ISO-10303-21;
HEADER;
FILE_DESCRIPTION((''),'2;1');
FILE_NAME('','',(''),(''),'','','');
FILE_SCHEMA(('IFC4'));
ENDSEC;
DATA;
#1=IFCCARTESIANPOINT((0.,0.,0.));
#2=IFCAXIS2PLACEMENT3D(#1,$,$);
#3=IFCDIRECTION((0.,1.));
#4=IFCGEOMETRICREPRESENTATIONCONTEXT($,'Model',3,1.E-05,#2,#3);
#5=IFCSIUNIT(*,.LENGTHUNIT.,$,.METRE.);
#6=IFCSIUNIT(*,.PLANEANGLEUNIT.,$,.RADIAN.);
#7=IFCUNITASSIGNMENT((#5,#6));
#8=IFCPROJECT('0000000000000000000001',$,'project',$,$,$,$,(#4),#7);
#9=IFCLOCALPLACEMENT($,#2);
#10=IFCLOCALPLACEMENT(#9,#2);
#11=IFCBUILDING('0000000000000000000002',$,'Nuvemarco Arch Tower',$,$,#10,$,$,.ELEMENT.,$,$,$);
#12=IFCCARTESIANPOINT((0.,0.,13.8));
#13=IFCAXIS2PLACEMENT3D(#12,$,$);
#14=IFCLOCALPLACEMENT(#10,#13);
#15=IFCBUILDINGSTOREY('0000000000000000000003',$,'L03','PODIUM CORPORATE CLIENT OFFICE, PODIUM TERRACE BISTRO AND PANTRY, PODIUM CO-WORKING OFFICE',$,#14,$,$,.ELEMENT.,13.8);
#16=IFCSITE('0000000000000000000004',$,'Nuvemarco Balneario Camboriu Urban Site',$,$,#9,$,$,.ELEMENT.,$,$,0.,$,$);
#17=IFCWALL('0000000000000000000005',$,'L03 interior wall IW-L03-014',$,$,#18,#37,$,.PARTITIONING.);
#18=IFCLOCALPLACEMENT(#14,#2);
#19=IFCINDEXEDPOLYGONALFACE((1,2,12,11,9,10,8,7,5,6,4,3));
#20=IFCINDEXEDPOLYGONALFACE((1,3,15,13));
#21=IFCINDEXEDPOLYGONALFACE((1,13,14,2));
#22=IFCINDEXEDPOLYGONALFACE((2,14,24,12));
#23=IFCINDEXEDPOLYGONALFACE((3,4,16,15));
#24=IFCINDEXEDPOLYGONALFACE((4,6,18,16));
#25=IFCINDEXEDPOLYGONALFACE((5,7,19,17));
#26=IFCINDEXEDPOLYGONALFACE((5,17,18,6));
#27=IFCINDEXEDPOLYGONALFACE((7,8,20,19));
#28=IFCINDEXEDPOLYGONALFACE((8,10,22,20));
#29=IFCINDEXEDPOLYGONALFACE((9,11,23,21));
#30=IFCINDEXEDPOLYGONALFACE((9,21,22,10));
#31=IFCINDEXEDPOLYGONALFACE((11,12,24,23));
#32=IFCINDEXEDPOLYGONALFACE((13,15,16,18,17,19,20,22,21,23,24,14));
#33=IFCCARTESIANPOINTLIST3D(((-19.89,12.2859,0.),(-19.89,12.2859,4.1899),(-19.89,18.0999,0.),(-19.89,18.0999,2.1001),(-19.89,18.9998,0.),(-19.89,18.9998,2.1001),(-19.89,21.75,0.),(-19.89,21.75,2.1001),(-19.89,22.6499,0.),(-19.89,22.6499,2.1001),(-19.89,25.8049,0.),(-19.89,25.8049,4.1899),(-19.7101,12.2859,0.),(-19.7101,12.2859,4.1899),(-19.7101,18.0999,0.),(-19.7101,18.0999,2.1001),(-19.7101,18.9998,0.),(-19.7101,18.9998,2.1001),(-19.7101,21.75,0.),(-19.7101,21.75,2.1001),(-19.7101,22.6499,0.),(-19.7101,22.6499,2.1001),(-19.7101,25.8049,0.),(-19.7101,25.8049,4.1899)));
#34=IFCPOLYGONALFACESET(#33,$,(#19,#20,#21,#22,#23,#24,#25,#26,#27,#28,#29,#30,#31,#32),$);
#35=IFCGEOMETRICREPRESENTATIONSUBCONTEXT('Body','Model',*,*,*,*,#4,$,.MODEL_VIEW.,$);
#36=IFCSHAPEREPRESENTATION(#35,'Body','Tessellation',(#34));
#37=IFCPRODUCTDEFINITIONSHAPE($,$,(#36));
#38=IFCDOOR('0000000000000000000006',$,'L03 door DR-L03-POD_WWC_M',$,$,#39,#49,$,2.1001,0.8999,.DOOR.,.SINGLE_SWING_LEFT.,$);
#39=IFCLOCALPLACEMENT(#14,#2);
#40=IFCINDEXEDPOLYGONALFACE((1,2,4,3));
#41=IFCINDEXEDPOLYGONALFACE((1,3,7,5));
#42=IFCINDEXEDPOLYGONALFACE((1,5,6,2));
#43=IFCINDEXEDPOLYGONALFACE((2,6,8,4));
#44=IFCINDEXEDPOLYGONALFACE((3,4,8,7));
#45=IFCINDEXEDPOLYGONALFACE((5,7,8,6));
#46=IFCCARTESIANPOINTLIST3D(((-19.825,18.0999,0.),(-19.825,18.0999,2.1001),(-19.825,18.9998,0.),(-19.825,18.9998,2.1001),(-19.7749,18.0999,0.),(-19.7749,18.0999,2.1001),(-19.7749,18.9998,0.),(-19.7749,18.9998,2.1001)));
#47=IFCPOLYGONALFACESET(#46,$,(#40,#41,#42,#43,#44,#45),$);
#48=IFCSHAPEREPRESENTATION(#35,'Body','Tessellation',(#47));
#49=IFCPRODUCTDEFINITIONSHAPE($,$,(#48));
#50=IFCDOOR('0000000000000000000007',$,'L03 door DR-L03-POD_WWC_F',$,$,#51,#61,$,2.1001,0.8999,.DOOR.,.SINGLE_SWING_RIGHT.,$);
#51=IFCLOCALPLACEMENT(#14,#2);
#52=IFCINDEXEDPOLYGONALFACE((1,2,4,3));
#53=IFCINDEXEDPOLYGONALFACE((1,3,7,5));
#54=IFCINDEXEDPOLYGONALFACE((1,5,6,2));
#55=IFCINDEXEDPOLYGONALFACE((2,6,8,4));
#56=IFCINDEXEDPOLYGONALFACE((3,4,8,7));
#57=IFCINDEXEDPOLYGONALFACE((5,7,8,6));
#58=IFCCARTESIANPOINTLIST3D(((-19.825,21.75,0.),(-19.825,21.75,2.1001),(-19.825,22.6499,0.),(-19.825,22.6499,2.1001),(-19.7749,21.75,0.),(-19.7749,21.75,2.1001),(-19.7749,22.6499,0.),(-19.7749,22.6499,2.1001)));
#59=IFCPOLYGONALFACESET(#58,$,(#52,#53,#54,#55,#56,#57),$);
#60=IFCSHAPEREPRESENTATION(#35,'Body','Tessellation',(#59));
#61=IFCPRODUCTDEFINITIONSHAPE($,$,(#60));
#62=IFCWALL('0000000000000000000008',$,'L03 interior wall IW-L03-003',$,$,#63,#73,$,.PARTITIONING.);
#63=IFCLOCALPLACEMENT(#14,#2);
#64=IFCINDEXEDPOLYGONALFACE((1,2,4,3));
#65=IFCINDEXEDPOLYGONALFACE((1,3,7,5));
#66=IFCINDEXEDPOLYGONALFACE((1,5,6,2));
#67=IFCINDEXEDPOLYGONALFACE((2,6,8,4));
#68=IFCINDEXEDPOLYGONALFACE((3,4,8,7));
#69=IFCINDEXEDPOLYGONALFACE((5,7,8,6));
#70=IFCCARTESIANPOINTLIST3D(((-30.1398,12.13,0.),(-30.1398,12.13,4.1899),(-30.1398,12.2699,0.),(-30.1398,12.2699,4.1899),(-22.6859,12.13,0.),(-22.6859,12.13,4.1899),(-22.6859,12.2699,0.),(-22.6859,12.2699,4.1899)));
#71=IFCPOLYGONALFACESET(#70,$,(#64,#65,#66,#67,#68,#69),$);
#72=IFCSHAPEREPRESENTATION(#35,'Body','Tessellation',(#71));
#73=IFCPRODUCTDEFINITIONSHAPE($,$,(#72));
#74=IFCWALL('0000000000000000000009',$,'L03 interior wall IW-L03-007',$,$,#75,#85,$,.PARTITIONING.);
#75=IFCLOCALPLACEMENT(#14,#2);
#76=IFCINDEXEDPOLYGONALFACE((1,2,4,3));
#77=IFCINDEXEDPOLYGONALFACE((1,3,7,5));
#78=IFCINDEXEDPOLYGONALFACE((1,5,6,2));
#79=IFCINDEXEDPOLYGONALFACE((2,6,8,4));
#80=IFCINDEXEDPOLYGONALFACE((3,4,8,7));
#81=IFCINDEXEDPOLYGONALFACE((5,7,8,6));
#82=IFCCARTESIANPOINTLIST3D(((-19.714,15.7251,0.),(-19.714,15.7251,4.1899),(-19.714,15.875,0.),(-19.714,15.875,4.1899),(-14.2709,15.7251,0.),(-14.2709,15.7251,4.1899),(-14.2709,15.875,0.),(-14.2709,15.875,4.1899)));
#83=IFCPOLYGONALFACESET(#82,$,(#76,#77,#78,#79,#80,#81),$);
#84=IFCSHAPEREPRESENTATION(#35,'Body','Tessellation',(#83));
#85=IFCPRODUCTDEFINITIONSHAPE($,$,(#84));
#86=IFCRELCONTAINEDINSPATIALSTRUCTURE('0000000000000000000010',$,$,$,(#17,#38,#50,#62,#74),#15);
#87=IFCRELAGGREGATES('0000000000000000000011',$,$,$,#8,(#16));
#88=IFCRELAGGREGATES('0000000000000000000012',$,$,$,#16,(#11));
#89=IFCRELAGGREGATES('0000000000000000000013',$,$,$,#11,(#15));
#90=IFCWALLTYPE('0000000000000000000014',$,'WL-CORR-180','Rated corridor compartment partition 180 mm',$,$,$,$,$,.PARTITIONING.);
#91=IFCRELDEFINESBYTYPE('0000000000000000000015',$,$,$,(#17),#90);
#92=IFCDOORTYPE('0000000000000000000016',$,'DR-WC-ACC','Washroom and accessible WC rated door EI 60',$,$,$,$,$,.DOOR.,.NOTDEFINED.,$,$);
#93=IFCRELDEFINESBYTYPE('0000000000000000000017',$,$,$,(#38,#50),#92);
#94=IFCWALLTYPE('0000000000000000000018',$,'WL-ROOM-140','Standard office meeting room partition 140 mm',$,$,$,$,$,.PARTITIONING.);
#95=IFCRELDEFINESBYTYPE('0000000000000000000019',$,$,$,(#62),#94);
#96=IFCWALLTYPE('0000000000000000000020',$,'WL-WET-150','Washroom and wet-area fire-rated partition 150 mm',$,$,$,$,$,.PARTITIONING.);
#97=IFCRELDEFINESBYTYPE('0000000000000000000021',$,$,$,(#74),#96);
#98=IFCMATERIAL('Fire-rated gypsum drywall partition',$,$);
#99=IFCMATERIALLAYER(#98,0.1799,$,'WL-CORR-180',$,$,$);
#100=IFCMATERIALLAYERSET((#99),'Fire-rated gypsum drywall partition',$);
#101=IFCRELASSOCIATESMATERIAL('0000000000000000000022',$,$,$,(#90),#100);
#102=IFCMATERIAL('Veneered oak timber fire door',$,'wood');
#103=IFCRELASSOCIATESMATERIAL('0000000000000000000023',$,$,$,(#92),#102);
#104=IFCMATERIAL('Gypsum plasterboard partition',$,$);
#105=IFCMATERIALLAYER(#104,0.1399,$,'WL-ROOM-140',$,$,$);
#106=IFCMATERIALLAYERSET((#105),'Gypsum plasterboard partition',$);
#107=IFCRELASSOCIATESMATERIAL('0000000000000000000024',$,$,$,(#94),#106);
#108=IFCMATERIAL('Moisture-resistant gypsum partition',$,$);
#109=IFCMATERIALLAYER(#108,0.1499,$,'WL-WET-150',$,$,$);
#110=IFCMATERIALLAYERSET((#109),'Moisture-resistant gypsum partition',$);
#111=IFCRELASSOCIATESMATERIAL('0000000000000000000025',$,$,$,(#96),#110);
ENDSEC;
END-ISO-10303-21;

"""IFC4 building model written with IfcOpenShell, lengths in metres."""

from ifc_helpers import new_model, si_unit, direction, frame, frame_2d, origin, place, context, subcontext, project, spatial, rectangle, extrude, source, transform, mapped, material, layer, layer_set, type_object, type_shapes, element, fill, save


model = new_model("IFC4")

# Units and contexts
model_context = context("Model", 3, precision=1e-05, world=origin(), true_north=direction((0.0, 1.0)))
body_context = subcontext(model_context, "Body", "Model", "MODEL_VIEW")
ifc_project = project(units=[si_unit("LENGTHUNIT", "METRE"), si_unit("PLANEANGLEUNIT", "RADIAN")], contexts=[model_context])

# Site, building, storey
site_placement = place(None, origin())
site = spatial("IfcSite", under=ifc_project, at=site_placement, Name="Nuvemarco Balneario Camboriu Urban Site", CompositionType="ELEMENT", RefElevation=0.0)
building_placement = place(site_placement, origin())
building = spatial("IfcBuilding", under=site, at=building_placement, Name="Nuvemarco Arch Tower", CompositionType="ELEMENT")
storey_placement = place(building_placement, frame((0.0, 0.0, 13.8)))
storey = spatial("IfcBuildingStorey", under=building, at=storey_placement, Name="L03", Description="PODIUM CORPORATE CLIENT OFFICE, PODIUM TERRACE BISTRO AND PANTRY, PODIUM CO-WORKING OFFICE", CompositionType="ELEMENT", Elevation=13.8)

# Wall, openings, doors
ifc_material_1 = material(Name="Fire-rated gypsum drywall partition")
ifc_layer_1 = layer(ifc_material_1, 0.1799, Name="WL-CORR-180")
ifc_layer_set_1 = layer_set([ifc_layer_1], Name="Fire-rated gypsum drywall partition")
wall_type_1 = type_object("IfcWallType", Name="WL-CORR-180", Description="Rated corridor compartment partition 180 mm", PredefinedType="PARTITIONING", material=ifc_layer_set_1)
ifc_material_2 = material(Name="Veneered oak timber fire door", Category="wood")
door_type_1 = type_object("IfcDoorType", Name="DR-WC-ACC", Description="Washroom and accessible WC rated door EI 60", OperationType="NOTDEFINED", PredefinedType="DOOR", material=ifc_material_2)
shared_shape_1 = source(origin(), body_context, "Body", "SweptSolid", [
    extrude(rectangle(XDim=0.8999, YDim=2.1001, at=frame_2d((0.45, 1.05))), frame((0.0, 0.0249, 0.0), z_axis=(0.0, -1.0, 0.0), x_axis=(1.0, 0.0, 0.0)), (0.0, 0.0, 1.0), 0.05),
])
type_shapes(door_type_1, [shared_shape_1])
wall_1_placement = place(storey_placement, frame((-19.8, 12.2859, 0.0), z_axis=(0.0, 0.0, 1.0), x_axis=(0.0, 1.0, 0.0)))
wall_1 = element("IfcWall", 1, at=wall_1_placement, inside=storey, type_object=wall_type_1, Name="L03 interior wall IW-L03-014", PredefinedType="PARTITIONING", context=body_context, shape_type="SweptSolid", body=[
    extrude(rectangle(XDim=13.519, YDim=0.1799, at=frame_2d((6.7595, 0.0))), origin(), (0.0, 0.0, 1.0), 4.1899),
])
opening_1_placement = place(wall_1_placement, frame((5.814, 0.0, 0.0)))
opening_1 = element("IfcOpeningElement", 2, at=opening_1_placement, cuts=wall_1, PredefinedType="OPENING", context=body_context, shape_type="SweptSolid", body=[
    extrude(rectangle(XDim=0.8999, YDim=2.1001, at=frame_2d((0.45, 1.05))), frame((0.0, 0.0999, 0.0), z_axis=(0.0, -1.0, 0.0), x_axis=(1.0, 0.0, 0.0)), (0.0, 0.0, 1.0), 0.2),
])
opening_2_placement = place(wall_1_placement, frame((9.4641, 0.0, 0.0)))
opening_2 = element("IfcOpeningElement", 3, at=opening_2_placement, cuts=wall_1, PredefinedType="OPENING", context=body_context, shape_type="SweptSolid", body=[
    extrude(rectangle(XDim=0.8999, YDim=2.1001, at=frame_2d((0.45, 1.05))), frame((0.0, 0.0999, 0.0), z_axis=(0.0, -1.0, 0.0), x_axis=(1.0, 0.0, 0.0)), (0.0, 0.0, 1.0), 0.2),
])
door_1_placement = place(opening_1_placement, origin())
door_1 = element("IfcDoor", 4, at=door_1_placement, inside=storey, type_object=door_type_1, Name="L03 door DR-L03-POD_WWC_M", OperationType="SINGLE_SWING_LEFT", OverallHeight=2.1001, OverallWidth=0.8999, PredefinedType="DOOR", context=body_context, shape_type="MappedRepresentation", body=[
    mapped(shared_shape_1, transform((0.0, 0.0, 0.0), scale=1.0)),
])
fill(opening_1, door_1)
door_2_placement = place(opening_2_placement, origin())
door_2 = element("IfcDoor", 5, at=door_2_placement, inside=storey, type_object=door_type_1, Name="L03 door DR-L03-POD_WWC_F", OperationType="SINGLE_SWING_RIGHT", OverallHeight=2.1001, OverallWidth=0.8999, PredefinedType="DOOR", context=body_context, shape_type="MappedRepresentation", body=[
    mapped(shared_shape_1, transform((0.0, 0.0, 0.0), scale=1.0)),
])
fill(opening_2, door_2)

# Walls
ifc_material_3 = material(Name="Gypsum plasterboard partition")
ifc_layer_2 = layer(ifc_material_3, 0.1399, Name="WL-ROOM-140")
ifc_layer_set_2 = layer_set([ifc_layer_2], Name="Gypsum plasterboard partition")
wall_type_2 = type_object("IfcWallType", Name="WL-ROOM-140", Description="Standard office meeting room partition 140 mm", PredefinedType="PARTITIONING", material=ifc_layer_set_2)
wall_2_placement = place(storey_placement, frame((-30.1399, 12.2, 0.0), z_axis=(0.0, 0.0, 1.0), x_axis=(1.0, 0.0, 0.0)))
element("IfcWall", 6, at=wall_2_placement, inside=storey, type_object=wall_type_2, Name="L03 interior wall IW-L03-003", PredefinedType="PARTITIONING", context=body_context, shape_type="SweptSolid", body=[
    extrude(rectangle(XDim=7.4539, YDim=0.1399, at=frame_2d((3.7271, 0.0))), origin(), (0.0, 0.0, 1.0), 4.1899),
])
ifc_material_4 = material(Name="Moisture-resistant gypsum partition")
ifc_layer_3 = layer(ifc_material_4, 0.1499, Name="WL-WET-150")
ifc_layer_set_3 = layer_set([ifc_layer_3], Name="Moisture-resistant gypsum partition")
wall_type_3 = type_object("IfcWallType", Name="WL-WET-150", Description="Washroom and wet-area fire-rated partition 150 mm", PredefinedType="PARTITIONING", material=ifc_layer_set_3)
wall_3_placement = place(storey_placement, frame((-19.7141, 15.8, 0.0), z_axis=(0.0, 0.0, 1.0), x_axis=(1.0, 0.0, 0.0)))
element("IfcWall", 7, at=wall_3_placement, inside=storey, type_object=wall_type_3, Name="L03 interior wall IW-L03-007", PredefinedType="PARTITIONING", context=body_context, shape_type="SweptSolid", body=[
    extrude(rectangle(XDim=5.4431, YDim=0.1499, at=frame_2d((2.7217, 0.0))), origin(), (0.0, 0.0, 1.0), 4.1899),
])

save(model, "model.ifc")
